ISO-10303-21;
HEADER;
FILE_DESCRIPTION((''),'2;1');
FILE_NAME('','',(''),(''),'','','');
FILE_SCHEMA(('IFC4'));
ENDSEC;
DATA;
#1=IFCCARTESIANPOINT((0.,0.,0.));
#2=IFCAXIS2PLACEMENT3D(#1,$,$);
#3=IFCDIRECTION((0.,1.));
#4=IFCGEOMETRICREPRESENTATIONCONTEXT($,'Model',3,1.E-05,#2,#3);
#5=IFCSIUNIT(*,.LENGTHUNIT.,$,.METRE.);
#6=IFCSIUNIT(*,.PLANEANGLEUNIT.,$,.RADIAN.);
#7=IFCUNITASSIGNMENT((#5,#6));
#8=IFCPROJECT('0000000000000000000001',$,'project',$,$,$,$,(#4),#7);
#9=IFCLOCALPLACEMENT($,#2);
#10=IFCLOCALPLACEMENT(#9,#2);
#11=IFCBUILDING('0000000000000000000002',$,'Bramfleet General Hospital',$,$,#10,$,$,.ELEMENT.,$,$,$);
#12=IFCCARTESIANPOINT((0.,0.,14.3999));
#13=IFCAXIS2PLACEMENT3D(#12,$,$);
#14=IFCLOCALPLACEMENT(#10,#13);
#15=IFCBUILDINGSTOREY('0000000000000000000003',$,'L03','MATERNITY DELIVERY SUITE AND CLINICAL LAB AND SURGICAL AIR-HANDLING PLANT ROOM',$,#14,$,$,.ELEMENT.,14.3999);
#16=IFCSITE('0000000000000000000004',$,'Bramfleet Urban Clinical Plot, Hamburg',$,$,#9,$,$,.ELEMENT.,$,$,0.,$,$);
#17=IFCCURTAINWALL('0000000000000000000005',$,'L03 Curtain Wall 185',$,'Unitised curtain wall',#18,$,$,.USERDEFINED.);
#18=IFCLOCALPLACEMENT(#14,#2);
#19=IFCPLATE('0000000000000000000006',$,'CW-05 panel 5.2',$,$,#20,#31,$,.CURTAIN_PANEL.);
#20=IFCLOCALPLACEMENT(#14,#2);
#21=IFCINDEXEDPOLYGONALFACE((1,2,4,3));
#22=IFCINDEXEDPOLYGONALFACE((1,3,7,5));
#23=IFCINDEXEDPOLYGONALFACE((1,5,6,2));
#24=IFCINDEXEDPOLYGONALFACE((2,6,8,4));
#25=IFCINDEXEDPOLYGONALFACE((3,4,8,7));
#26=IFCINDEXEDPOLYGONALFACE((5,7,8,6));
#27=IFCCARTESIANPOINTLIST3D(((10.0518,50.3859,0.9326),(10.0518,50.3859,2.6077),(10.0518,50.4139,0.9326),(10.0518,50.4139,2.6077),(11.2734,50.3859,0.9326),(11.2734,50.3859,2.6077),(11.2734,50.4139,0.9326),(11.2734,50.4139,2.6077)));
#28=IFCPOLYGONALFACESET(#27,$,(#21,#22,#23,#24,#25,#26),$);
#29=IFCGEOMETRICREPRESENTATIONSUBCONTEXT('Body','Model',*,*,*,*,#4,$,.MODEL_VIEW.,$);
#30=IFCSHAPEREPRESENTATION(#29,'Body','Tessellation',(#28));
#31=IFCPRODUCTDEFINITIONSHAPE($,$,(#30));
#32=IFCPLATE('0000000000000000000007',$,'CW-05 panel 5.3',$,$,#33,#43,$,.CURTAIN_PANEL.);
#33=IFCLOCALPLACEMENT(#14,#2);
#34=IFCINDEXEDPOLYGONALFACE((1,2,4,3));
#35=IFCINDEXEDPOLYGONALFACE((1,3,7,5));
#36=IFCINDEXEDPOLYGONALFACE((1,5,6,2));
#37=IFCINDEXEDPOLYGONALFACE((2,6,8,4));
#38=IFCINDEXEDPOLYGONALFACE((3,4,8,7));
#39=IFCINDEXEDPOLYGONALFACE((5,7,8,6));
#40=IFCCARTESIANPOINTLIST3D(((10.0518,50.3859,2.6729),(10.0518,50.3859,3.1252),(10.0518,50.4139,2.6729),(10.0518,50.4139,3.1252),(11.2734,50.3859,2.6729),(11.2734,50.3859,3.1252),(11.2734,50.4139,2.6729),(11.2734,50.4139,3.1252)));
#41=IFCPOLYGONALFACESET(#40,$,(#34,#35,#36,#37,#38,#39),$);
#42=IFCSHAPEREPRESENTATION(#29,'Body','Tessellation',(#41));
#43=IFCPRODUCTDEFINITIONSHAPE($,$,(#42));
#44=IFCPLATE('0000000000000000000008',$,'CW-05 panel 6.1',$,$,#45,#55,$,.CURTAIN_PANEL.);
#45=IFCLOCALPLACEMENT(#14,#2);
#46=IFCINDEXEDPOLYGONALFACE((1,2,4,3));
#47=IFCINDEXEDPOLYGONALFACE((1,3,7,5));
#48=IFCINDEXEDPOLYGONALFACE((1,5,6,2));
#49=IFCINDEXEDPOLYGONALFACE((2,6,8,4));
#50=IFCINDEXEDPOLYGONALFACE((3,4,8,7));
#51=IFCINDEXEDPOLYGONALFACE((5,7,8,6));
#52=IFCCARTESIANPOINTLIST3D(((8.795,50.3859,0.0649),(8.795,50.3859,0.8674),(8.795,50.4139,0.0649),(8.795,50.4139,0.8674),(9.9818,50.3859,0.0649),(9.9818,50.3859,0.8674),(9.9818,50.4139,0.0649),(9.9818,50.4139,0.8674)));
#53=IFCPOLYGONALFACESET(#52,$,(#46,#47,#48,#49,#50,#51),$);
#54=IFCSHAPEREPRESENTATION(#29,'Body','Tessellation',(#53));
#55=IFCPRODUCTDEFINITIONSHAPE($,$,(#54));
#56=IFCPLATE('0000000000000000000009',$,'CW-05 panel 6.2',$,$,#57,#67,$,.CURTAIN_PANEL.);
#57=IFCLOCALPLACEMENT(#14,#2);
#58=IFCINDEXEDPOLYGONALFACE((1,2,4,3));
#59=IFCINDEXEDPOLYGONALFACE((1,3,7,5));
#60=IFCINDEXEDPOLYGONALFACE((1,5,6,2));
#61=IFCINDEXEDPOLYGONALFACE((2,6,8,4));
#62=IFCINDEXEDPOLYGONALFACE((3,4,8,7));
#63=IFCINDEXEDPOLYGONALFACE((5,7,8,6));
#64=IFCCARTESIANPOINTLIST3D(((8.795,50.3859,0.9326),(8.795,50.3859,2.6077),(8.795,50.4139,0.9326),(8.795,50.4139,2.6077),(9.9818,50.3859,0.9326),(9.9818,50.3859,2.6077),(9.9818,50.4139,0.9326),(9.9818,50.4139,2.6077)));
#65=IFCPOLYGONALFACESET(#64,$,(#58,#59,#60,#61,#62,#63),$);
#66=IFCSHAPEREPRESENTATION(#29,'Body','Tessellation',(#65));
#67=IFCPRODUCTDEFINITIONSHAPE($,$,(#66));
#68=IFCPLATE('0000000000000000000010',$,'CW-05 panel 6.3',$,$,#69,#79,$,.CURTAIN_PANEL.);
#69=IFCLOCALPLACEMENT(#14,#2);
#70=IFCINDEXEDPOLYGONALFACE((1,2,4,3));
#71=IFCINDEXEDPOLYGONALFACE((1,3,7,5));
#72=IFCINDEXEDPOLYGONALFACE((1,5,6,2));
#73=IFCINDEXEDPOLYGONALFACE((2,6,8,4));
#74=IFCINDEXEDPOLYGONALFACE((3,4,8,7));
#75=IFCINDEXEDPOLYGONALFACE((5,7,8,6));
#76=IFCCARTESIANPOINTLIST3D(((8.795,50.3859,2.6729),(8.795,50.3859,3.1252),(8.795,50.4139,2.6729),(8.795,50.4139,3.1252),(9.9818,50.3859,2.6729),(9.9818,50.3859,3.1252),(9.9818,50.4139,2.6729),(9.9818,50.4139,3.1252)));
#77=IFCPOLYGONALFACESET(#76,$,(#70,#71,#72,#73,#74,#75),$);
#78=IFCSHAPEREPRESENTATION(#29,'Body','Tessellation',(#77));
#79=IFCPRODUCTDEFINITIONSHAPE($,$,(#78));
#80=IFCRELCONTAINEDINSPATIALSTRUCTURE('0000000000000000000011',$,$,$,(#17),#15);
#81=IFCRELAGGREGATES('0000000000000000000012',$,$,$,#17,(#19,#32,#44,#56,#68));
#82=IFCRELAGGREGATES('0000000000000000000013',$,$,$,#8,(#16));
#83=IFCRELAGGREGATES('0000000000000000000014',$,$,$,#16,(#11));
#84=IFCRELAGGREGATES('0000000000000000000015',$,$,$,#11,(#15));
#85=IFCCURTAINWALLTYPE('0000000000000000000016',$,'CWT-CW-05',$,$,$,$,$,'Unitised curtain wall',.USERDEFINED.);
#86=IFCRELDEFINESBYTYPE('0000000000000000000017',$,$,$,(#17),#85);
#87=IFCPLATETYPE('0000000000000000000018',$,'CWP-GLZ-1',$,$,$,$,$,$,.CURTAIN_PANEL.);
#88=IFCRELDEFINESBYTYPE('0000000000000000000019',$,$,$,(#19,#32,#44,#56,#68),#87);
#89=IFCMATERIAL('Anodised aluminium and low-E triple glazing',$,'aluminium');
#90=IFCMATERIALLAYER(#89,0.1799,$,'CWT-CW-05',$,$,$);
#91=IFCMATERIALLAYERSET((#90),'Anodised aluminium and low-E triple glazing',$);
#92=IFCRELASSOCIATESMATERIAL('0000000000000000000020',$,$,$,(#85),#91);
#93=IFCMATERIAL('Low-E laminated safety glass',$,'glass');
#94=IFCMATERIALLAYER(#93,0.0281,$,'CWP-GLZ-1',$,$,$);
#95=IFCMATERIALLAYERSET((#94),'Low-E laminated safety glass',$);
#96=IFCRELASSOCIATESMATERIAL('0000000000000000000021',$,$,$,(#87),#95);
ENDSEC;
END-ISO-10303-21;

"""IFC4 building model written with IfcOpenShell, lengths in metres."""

from ifc_helpers import new_model, si_unit, direction, frame, origin, origin_2d, place, context, subcontext, project, spatial, rectangle, extrude, material, layer, layer_set, type_object, element, aggregate, save


model = new_model("IFC4")

# Units and contexts
model_context = context("Model", 3, precision=1e-05, world=origin(), true_north=direction((0.0, 1.0)))
body_context = subcontext(model_context, "Body", "Model", "MODEL_VIEW")
ifc_project = project(units=[si_unit("LENGTHUNIT", "METRE"), si_unit("PLANEANGLEUNIT", "RADIAN")], contexts=[model_context])

# Site, building, storey
site_placement = place(None, origin())
site = spatial("IfcSite", under=ifc_project, at=site_placement, Name="Bramfleet Urban Clinical Plot, Hamburg", CompositionType="ELEMENT", RefElevation=0.0)
building_placement = place(site_placement, origin())
building = spatial("IfcBuilding", under=site, at=building_placement, Name="Bramfleet General Hospital", CompositionType="ELEMENT")
storey_placement = place(building_placement, frame((0.0, 0.0, 14.3999)))
storey = spatial("IfcBuildingStorey", under=building, at=storey_placement, Name="L03", Description="MATERNITY DELIVERY SUITE AND CLINICAL LAB AND SURGICAL AIR-HANDLING PLANT ROOM", CompositionType="ELEMENT", Elevation=14.3999)

# Curtain wall, plates
ifc_material_1 = material(Name="Anodised aluminium and low-E triple glazing", Category="aluminium")
ifc_layer_1 = layer(ifc_material_1, 0.1799, Name="CWT-CW-05")
ifc_layer_set_1 = layer_set([ifc_layer_1], Name="Anodised aluminium and low-E triple glazing")
curtain_wall_type = type_object("IfcCurtainWallType", Name="CWT-CW-05", ElementType="Unitised curtain wall", PredefinedType="USERDEFINED", material=ifc_layer_set_1)
curtain_wall_placement = place(storey_placement, origin())
curtain_wall = element("IfcCurtainWall", 1, at=curtain_wall_placement, inside=storey, type_object=curtain_wall_type, Name="L03 Curtain Wall 185", ObjectType="Unitised curtain wall", PredefinedType="USERDEFINED")
ifc_material_2 = material(Name="Low-E laminated safety glass", Category="glass")
ifc_layer_2 = layer(ifc_material_2, 0.0281, Name="CWP-GLZ-1")
ifc_layer_set_2 = layer_set([ifc_layer_2], Name="Low-E laminated safety glass")
plate_type = type_object("IfcPlateType", Name="CWP-GLZ-1", PredefinedType="CURTAIN_PANEL", material=ifc_layer_set_2)
plate_1_placement = place(storey_placement, frame((10.6626, 50.3999, 0.9326), z_axis=(0.0, 0.0, 1.0), x_axis=(-1.0, 0.0, 0.0)))
plate_1 = element("IfcPlate", 2, at=plate_1_placement, type_object=plate_type, Name="CW-05 panel 5.2", PredefinedType="CURTAIN_PANEL", context=body_context, shape_type="SweptSolid", body=[
    extrude(rectangle(XDim=1.2217, YDim=0.0281, at=origin_2d()), origin(), (0.0, 0.0, 1.0), 1.675),
])
plate_2_placement = place(storey_placement, frame((10.6626, 50.3999, 2.6729), z_axis=(0.0, 0.0, 1.0), x_axis=(-1.0, 0.0, 0.0)))
plate_2 = element("IfcPlate", 3, at=plate_2_placement, type_object=plate_type, Name="CW-05 panel 5.3", PredefinedType="CURTAIN_PANEL", context=body_context, shape_type="SweptSolid", body=[
    extrude(rectangle(XDim=1.2217, YDim=0.0281, at=origin_2d()), origin(), (0.0, 0.0, 1.0), 0.4524),
])
plate_3_placement = place(storey_placement, frame((9.3884, 50.3999, 0.0649), z_axis=(0.0, 0.0, 1.0), x_axis=(-1.0, 0.0, 0.0)))
plate_3 = element("IfcPlate", 4, at=plate_3_placement, type_object=plate_type, Name="CW-05 panel 6.1", PredefinedType="CURTAIN_PANEL", context=body_context, shape_type="SweptSolid", body=[
    extrude(rectangle(XDim=1.1868, YDim=0.0281, at=origin_2d()), origin(), (0.0, 0.0, 1.0), 0.8025),
])
plate_4_placement = place(storey_placement, frame((9.3884, 50.3999, 0.9326), z_axis=(0.0, 0.0, 1.0), x_axis=(-1.0, 0.0, 0.0)))
plate_4 = element("IfcPlate", 5, at=plate_4_placement, type_object=plate_type, Name="CW-05 panel 6.2", PredefinedType="CURTAIN_PANEL", context=body_context, shape_type="SweptSolid", body=[
    extrude(rectangle(XDim=1.1868, YDim=0.0281, at=origin_2d()), origin(), (0.0, 0.0, 1.0), 1.675),
])
plate_5_placement = place(storey_placement, frame((9.3884, 50.3999, 2.6729), z_axis=(0.0, 0.0, 1.0), x_axis=(-1.0, 0.0, 0.0)))
plate_5 = element("IfcPlate", 6, at=plate_5_placement, type_object=plate_type, Name="CW-05 panel 6.3", PredefinedType="CURTAIN_PANEL", context=body_context, shape_type="SweptSolid", body=[
    extrude(rectangle(XDim=1.1868, YDim=0.0281, at=origin_2d()), origin(), (0.0, 0.0, 1.0), 0.4524),
])
aggregate(curtain_wall, [plate_1, plate_2, plate_3, plate_4, plate_5])

save(model, "model.ifc")
